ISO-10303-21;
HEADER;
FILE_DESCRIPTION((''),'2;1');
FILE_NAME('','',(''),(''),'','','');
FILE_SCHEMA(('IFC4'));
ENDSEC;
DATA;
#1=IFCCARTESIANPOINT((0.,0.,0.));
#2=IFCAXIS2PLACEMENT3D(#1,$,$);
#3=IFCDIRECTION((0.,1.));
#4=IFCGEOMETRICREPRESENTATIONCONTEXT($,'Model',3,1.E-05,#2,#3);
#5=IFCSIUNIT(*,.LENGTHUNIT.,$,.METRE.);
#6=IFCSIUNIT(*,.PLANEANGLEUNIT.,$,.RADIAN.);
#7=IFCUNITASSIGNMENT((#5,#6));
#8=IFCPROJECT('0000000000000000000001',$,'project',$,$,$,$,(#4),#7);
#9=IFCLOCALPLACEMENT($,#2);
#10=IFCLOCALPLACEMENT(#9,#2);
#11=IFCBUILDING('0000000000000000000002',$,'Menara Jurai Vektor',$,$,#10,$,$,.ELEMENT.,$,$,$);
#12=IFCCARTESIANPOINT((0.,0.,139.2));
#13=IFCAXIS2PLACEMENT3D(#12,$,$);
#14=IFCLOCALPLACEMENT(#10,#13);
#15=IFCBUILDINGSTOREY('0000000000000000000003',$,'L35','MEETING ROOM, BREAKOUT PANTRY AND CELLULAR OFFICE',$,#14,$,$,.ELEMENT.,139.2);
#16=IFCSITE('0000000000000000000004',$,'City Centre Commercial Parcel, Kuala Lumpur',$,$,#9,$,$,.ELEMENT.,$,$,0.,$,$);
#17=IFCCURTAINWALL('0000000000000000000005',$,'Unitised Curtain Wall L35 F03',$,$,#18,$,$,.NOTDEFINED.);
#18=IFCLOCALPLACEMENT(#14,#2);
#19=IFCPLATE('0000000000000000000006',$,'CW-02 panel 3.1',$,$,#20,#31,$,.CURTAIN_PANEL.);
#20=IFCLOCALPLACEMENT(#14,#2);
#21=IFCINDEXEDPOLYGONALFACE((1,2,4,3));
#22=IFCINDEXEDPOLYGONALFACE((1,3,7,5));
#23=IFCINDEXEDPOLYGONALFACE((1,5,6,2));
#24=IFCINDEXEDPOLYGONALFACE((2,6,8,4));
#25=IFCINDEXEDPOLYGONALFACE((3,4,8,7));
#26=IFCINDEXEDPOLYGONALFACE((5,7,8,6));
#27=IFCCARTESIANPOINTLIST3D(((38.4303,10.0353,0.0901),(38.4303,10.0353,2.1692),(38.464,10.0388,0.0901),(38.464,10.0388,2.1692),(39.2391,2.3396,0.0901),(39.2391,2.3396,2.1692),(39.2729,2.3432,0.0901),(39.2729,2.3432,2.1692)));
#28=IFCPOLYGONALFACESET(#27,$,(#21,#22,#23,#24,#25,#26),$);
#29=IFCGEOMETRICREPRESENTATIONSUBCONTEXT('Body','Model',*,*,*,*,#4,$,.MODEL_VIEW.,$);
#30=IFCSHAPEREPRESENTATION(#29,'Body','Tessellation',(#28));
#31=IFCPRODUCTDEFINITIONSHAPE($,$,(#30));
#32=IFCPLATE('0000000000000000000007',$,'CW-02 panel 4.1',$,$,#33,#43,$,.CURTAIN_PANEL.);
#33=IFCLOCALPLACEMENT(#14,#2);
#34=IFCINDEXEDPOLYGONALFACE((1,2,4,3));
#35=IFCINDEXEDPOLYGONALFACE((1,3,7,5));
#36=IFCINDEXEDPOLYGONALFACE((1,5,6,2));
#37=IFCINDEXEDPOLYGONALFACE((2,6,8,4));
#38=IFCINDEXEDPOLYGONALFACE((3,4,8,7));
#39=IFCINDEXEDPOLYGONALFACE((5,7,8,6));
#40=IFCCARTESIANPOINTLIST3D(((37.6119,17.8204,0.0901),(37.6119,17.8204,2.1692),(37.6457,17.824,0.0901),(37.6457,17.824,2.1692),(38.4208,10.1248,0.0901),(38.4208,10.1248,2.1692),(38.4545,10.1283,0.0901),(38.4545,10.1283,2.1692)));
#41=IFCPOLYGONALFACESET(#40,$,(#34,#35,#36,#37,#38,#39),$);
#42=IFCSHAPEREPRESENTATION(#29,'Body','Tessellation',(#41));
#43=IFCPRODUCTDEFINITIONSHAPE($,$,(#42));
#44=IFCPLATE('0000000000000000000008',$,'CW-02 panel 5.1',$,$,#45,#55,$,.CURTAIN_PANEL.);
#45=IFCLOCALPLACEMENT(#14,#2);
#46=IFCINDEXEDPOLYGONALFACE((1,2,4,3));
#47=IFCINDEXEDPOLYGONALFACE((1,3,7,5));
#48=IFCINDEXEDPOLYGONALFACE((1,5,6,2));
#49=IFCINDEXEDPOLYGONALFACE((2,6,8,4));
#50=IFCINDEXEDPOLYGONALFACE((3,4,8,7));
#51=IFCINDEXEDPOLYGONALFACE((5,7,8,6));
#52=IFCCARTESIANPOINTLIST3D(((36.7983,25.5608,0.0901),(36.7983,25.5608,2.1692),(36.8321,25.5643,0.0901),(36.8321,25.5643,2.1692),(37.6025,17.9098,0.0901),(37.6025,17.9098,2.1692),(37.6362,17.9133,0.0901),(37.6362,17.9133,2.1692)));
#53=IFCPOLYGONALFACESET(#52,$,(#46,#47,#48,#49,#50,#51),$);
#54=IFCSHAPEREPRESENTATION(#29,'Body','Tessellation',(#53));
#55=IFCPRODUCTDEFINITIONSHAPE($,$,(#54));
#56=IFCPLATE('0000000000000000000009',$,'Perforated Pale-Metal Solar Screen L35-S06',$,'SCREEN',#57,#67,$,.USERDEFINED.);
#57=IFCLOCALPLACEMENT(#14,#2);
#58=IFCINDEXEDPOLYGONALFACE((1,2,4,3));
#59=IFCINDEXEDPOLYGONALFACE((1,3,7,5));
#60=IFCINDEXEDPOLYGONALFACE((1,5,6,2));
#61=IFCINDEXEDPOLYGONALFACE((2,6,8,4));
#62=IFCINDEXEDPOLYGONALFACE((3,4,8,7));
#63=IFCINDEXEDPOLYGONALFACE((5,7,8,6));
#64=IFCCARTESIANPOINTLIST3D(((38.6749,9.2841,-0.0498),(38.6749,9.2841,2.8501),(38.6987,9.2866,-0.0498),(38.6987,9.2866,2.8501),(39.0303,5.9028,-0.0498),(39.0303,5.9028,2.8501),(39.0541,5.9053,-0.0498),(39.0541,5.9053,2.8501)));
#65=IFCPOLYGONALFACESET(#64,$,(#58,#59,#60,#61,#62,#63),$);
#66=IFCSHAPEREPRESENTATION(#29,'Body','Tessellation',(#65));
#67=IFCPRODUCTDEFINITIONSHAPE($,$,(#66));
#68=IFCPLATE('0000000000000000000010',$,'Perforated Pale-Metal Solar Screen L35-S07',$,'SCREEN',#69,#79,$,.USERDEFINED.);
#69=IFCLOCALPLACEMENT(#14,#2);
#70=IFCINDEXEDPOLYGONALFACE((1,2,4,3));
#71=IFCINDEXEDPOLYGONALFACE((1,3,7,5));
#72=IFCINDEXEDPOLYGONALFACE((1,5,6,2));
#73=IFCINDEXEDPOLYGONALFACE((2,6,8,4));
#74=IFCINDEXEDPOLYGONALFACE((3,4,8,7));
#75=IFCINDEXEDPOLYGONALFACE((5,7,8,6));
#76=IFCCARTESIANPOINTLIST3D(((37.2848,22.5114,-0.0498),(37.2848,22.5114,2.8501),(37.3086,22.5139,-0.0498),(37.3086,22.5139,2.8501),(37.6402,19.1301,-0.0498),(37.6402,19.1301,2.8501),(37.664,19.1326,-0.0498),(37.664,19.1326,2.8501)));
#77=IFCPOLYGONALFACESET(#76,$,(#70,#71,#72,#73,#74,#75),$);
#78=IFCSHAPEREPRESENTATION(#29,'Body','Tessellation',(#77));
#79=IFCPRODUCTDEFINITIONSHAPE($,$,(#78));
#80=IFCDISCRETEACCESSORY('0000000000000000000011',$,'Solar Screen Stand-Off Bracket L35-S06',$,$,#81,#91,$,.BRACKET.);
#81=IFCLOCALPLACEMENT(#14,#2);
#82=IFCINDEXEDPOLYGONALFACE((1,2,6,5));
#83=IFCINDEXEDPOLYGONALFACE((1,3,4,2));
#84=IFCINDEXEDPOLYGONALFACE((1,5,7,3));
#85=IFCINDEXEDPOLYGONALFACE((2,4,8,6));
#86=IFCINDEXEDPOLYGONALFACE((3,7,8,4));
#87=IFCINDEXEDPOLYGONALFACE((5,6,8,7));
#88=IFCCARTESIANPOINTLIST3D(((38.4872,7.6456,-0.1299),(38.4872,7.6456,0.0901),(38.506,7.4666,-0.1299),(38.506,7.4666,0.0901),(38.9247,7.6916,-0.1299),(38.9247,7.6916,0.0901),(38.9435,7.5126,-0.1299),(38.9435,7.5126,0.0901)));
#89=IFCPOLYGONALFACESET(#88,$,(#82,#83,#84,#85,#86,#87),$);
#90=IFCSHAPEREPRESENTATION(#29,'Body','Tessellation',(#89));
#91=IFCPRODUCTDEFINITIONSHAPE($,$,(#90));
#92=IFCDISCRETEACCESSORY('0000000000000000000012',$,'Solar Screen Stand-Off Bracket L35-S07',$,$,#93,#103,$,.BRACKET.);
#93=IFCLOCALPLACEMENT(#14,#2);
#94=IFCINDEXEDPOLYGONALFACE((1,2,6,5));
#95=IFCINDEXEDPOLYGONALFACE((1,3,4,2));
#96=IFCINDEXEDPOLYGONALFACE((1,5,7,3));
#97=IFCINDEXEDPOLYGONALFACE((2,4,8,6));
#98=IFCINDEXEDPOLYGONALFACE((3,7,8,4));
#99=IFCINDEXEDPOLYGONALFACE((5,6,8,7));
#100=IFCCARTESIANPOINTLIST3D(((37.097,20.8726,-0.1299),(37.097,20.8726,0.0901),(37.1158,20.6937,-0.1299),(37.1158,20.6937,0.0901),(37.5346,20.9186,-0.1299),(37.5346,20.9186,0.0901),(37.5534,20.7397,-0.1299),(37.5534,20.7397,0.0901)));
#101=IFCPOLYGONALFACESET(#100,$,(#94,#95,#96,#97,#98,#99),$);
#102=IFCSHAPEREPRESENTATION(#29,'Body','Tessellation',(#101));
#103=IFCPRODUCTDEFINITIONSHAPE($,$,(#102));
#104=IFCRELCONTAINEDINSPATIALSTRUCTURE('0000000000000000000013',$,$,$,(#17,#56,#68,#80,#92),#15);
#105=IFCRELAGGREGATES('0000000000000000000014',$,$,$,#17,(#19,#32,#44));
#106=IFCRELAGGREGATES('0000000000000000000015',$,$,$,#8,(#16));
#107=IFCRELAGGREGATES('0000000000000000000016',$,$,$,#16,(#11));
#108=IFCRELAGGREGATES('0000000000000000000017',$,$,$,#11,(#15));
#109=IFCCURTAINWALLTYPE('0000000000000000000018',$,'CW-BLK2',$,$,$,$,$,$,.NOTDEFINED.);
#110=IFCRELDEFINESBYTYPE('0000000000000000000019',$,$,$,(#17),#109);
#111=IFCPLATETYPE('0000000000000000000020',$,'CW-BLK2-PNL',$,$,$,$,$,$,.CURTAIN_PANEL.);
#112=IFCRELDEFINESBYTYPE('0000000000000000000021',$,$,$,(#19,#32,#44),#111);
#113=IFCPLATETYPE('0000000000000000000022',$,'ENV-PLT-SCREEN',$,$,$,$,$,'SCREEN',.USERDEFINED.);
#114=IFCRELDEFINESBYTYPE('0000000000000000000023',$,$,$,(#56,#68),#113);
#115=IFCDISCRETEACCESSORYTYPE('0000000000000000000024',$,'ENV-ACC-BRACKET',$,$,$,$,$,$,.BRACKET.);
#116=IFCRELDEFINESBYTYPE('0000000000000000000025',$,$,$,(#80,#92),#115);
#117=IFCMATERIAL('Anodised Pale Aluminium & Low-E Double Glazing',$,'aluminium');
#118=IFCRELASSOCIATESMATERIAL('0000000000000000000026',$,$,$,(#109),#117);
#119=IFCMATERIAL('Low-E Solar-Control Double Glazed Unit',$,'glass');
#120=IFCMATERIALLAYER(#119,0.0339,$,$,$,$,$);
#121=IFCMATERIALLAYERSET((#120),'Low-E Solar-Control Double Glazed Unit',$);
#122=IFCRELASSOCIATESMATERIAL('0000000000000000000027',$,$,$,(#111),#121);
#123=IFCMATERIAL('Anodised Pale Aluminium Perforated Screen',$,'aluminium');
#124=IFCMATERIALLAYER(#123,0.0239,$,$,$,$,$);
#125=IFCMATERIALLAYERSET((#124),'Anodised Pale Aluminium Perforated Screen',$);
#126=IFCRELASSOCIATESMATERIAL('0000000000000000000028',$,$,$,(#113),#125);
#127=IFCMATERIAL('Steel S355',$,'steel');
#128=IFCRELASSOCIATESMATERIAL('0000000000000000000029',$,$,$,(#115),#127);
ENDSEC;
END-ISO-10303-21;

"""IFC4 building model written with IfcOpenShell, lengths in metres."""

from ifc_helpers import new_model, si_unit, direction, frame, origin, origin_2d, place, context, subcontext, project, spatial, rectangle, extrude, material, layer, layer_set, type_object, element, aggregate, save


model = new_model("IFC4")

# Units and contexts
model_context = context("Model", 3, precision=1e-05, world=origin(), true_north=direction((0.0, 1.0)))
body_context = subcontext(model_context, "Body", "Model", "MODEL_VIEW")
ifc_project = project(units=[si_unit("LENGTHUNIT", "METRE"), si_unit("PLANEANGLEUNIT", "RADIAN")], contexts=[model_context])

# Site, building, storey
site_placement = place(None, origin())
site = spatial("IfcSite", under=ifc_project, at=site_placement, Name="City Centre Commercial Parcel, Kuala Lumpur", CompositionType="ELEMENT", RefElevation=0.0)
building_placement = place(site_placement, origin())
building = spatial("IfcBuilding", under=site, at=building_placement, Name="Menara Jurai Vektor", CompositionType="ELEMENT")
storey_placement = place(building_placement, frame((0.0, 0.0, 139.2)))
storey = spatial("IfcBuildingStorey", under=building, at=storey_placement, Name="L35", Description="MEETING ROOM, BREAKOUT PANTRY AND CELLULAR OFFICE", CompositionType="ELEMENT", Elevation=139.2)

# Curtain wall
ifc_material_1 = material(Name="Anodised Pale Aluminium & Low-E Double Glazing", Category="aluminium")
curtain_wall_type = type_object("IfcCurtainWallType", Name="CW-BLK2", PredefinedType="NOTDEFINED", material=ifc_material_1)
curtain_wall_placement = place(storey_placement, origin())
curtain_wall = element("IfcCurtainWall", 1, at=curtain_wall_placement, inside=storey, type_object=curtain_wall_type, Name="Unitised Curtain Wall L35 F03", PredefinedType="NOTDEFINED")

# Shared definitions
ifc_material_2 = material(Name="Steel S355", Category="steel")

# Plates
ifc_material_3 = material(Name="Low-E Solar-Control Double Glazed Unit", Category="glass")
ifc_layer_1 = layer(ifc_material_3, 0.0339)
ifc_layer_set_1 = layer_set([ifc_layer_1], Name="Low-E Solar-Control Double Glazed Unit")
plate_type_1 = type_object("IfcPlateType", Name="CW-BLK2-PNL", PredefinedType="CURTAIN_PANEL", material=ifc_layer_set_1)
plate_1_placement = place(storey_placement, frame((38.8516, 6.1892, 0.0901), z_axis=(0.0, 0.0, 1.0), x_axis=(-0.10453, 0.994522, 0.0)))
plate_1 = element("IfcPlate", 2, at=plate_1_placement, type_object=plate_type_1, Name="CW-02 panel 3.1", PredefinedType="CURTAIN_PANEL", context=body_context, shape_type="SweptSolid", body=[
    extrude(rectangle(XDim=7.738, YDim=0.0339, at=origin_2d()), origin(), (0.0, 0.0, 1.0), 2.0791),
])
plate_2_placement = place(storey_placement, frame((38.0332, 13.9744, 0.0901), z_axis=(0.0, 0.0, 1.0), x_axis=(-0.10453, 0.994522, 0.0)))
plate_2 = element("IfcPlate", 3, at=plate_2_placement, type_object=plate_type_1, Name="CW-02 panel 4.1", PredefinedType="CURTAIN_PANEL", context=body_context, shape_type="SweptSolid", body=[
    extrude(rectangle(XDim=7.738, YDim=0.0339, at=origin_2d()), origin(), (0.0, 0.0, 1.0), 2.0791),
])
plate_3_placement = place(storey_placement, frame((37.2173, 21.7371, 0.0901), z_axis=(0.0, 0.0, 1.0), x_axis=(-0.10453, 0.994522, 0.0)))
plate_3 = element("IfcPlate", 4, at=plate_3_placement, type_object=plate_type_1, Name="CW-02 panel 5.1", PredefinedType="CURTAIN_PANEL", context=body_context, shape_type="SweptSolid", body=[
    extrude(rectangle(XDim=7.6931, YDim=0.0339, at=origin_2d()), origin(), (0.0, 0.0, 1.0), 2.0791),
])
aggregate(curtain_wall, [plate_1, plate_2, plate_3])

# Plates
ifc_material_4 = material(Name="Anodised Pale Aluminium Perforated Screen", Category="aluminium")
ifc_layer_2 = layer(ifc_material_4, 0.0239)
ifc_layer_set_2 = layer_set([ifc_layer_2], Name="Anodised Pale Aluminium Perforated Screen")
plate_type_2 = type_object("IfcPlateType", Name="ENV-PLT-SCREEN", ElementType="SCREEN", PredefinedType="USERDEFINED", material=ifc_layer_set_2)
for number, where, z_axis, x_axis, name in (
    (5, (38.8645, 7.5947, -0.0498), (0.0, 0.0, 1.0), (-0.104528, 0.994522, 0.0), "Perforated Pale-Metal Solar Screen L35-S06"),
    (6, (37.4744, 20.822, -0.0498), (0.0, 0.0, 1.0), (-0.104528, 0.994522, 0.0), "Perforated Pale-Metal Solar Screen L35-S07"),
):
    element("IfcPlate", number, at=place(storey_placement, frame(where, z_axis=z_axis, x_axis=x_axis)), inside=storey, type_object=plate_type_2, Name=name, ObjectType="SCREEN", PredefinedType="USERDEFINED", context=body_context, shape_type="SweptSolid", body=[
        extrude(rectangle(XDim=3.3999, YDim=0.0239, at=origin_2d()), origin(), (0.0, 0.0, 1.0), 2.8999),
    ])

# Discrete accessories
discrete_accessory_type = type_object("IfcDiscreteAccessoryType", Name="ENV-ACC-BRACKET", PredefinedType="BRACKET", material=ifc_material_2)
for number, where, z_axis, x_axis, name in (
    (7, (38.7153, 7.5791, -0.1299), (0.0, 0.0, 1.0), (-0.104528, 0.994522, 0.0), "Solar Screen Stand-Off Bracket L35-S06"),
    (8, (37.3252, 20.8062, -0.1299), (0.0, 0.0, 1.0), (-0.104528, 0.994522, 0.0), "Solar Screen Stand-Off Bracket L35-S07"),
):
    element("IfcDiscreteAccessory", number, at=place(storey_placement, frame(where, z_axis=z_axis, x_axis=x_axis)), inside=storey, type_object=discrete_accessory_type, Name=name, PredefinedType="BRACKET", context=body_context, shape_type="SweptSolid", body=[
        extrude(rectangle(XDim=0.1799, YDim=0.4399, at=origin_2d()), origin(), (0.0, 0.0, 1.0), 0.22),
    ])

save(model, "model.ifc")
